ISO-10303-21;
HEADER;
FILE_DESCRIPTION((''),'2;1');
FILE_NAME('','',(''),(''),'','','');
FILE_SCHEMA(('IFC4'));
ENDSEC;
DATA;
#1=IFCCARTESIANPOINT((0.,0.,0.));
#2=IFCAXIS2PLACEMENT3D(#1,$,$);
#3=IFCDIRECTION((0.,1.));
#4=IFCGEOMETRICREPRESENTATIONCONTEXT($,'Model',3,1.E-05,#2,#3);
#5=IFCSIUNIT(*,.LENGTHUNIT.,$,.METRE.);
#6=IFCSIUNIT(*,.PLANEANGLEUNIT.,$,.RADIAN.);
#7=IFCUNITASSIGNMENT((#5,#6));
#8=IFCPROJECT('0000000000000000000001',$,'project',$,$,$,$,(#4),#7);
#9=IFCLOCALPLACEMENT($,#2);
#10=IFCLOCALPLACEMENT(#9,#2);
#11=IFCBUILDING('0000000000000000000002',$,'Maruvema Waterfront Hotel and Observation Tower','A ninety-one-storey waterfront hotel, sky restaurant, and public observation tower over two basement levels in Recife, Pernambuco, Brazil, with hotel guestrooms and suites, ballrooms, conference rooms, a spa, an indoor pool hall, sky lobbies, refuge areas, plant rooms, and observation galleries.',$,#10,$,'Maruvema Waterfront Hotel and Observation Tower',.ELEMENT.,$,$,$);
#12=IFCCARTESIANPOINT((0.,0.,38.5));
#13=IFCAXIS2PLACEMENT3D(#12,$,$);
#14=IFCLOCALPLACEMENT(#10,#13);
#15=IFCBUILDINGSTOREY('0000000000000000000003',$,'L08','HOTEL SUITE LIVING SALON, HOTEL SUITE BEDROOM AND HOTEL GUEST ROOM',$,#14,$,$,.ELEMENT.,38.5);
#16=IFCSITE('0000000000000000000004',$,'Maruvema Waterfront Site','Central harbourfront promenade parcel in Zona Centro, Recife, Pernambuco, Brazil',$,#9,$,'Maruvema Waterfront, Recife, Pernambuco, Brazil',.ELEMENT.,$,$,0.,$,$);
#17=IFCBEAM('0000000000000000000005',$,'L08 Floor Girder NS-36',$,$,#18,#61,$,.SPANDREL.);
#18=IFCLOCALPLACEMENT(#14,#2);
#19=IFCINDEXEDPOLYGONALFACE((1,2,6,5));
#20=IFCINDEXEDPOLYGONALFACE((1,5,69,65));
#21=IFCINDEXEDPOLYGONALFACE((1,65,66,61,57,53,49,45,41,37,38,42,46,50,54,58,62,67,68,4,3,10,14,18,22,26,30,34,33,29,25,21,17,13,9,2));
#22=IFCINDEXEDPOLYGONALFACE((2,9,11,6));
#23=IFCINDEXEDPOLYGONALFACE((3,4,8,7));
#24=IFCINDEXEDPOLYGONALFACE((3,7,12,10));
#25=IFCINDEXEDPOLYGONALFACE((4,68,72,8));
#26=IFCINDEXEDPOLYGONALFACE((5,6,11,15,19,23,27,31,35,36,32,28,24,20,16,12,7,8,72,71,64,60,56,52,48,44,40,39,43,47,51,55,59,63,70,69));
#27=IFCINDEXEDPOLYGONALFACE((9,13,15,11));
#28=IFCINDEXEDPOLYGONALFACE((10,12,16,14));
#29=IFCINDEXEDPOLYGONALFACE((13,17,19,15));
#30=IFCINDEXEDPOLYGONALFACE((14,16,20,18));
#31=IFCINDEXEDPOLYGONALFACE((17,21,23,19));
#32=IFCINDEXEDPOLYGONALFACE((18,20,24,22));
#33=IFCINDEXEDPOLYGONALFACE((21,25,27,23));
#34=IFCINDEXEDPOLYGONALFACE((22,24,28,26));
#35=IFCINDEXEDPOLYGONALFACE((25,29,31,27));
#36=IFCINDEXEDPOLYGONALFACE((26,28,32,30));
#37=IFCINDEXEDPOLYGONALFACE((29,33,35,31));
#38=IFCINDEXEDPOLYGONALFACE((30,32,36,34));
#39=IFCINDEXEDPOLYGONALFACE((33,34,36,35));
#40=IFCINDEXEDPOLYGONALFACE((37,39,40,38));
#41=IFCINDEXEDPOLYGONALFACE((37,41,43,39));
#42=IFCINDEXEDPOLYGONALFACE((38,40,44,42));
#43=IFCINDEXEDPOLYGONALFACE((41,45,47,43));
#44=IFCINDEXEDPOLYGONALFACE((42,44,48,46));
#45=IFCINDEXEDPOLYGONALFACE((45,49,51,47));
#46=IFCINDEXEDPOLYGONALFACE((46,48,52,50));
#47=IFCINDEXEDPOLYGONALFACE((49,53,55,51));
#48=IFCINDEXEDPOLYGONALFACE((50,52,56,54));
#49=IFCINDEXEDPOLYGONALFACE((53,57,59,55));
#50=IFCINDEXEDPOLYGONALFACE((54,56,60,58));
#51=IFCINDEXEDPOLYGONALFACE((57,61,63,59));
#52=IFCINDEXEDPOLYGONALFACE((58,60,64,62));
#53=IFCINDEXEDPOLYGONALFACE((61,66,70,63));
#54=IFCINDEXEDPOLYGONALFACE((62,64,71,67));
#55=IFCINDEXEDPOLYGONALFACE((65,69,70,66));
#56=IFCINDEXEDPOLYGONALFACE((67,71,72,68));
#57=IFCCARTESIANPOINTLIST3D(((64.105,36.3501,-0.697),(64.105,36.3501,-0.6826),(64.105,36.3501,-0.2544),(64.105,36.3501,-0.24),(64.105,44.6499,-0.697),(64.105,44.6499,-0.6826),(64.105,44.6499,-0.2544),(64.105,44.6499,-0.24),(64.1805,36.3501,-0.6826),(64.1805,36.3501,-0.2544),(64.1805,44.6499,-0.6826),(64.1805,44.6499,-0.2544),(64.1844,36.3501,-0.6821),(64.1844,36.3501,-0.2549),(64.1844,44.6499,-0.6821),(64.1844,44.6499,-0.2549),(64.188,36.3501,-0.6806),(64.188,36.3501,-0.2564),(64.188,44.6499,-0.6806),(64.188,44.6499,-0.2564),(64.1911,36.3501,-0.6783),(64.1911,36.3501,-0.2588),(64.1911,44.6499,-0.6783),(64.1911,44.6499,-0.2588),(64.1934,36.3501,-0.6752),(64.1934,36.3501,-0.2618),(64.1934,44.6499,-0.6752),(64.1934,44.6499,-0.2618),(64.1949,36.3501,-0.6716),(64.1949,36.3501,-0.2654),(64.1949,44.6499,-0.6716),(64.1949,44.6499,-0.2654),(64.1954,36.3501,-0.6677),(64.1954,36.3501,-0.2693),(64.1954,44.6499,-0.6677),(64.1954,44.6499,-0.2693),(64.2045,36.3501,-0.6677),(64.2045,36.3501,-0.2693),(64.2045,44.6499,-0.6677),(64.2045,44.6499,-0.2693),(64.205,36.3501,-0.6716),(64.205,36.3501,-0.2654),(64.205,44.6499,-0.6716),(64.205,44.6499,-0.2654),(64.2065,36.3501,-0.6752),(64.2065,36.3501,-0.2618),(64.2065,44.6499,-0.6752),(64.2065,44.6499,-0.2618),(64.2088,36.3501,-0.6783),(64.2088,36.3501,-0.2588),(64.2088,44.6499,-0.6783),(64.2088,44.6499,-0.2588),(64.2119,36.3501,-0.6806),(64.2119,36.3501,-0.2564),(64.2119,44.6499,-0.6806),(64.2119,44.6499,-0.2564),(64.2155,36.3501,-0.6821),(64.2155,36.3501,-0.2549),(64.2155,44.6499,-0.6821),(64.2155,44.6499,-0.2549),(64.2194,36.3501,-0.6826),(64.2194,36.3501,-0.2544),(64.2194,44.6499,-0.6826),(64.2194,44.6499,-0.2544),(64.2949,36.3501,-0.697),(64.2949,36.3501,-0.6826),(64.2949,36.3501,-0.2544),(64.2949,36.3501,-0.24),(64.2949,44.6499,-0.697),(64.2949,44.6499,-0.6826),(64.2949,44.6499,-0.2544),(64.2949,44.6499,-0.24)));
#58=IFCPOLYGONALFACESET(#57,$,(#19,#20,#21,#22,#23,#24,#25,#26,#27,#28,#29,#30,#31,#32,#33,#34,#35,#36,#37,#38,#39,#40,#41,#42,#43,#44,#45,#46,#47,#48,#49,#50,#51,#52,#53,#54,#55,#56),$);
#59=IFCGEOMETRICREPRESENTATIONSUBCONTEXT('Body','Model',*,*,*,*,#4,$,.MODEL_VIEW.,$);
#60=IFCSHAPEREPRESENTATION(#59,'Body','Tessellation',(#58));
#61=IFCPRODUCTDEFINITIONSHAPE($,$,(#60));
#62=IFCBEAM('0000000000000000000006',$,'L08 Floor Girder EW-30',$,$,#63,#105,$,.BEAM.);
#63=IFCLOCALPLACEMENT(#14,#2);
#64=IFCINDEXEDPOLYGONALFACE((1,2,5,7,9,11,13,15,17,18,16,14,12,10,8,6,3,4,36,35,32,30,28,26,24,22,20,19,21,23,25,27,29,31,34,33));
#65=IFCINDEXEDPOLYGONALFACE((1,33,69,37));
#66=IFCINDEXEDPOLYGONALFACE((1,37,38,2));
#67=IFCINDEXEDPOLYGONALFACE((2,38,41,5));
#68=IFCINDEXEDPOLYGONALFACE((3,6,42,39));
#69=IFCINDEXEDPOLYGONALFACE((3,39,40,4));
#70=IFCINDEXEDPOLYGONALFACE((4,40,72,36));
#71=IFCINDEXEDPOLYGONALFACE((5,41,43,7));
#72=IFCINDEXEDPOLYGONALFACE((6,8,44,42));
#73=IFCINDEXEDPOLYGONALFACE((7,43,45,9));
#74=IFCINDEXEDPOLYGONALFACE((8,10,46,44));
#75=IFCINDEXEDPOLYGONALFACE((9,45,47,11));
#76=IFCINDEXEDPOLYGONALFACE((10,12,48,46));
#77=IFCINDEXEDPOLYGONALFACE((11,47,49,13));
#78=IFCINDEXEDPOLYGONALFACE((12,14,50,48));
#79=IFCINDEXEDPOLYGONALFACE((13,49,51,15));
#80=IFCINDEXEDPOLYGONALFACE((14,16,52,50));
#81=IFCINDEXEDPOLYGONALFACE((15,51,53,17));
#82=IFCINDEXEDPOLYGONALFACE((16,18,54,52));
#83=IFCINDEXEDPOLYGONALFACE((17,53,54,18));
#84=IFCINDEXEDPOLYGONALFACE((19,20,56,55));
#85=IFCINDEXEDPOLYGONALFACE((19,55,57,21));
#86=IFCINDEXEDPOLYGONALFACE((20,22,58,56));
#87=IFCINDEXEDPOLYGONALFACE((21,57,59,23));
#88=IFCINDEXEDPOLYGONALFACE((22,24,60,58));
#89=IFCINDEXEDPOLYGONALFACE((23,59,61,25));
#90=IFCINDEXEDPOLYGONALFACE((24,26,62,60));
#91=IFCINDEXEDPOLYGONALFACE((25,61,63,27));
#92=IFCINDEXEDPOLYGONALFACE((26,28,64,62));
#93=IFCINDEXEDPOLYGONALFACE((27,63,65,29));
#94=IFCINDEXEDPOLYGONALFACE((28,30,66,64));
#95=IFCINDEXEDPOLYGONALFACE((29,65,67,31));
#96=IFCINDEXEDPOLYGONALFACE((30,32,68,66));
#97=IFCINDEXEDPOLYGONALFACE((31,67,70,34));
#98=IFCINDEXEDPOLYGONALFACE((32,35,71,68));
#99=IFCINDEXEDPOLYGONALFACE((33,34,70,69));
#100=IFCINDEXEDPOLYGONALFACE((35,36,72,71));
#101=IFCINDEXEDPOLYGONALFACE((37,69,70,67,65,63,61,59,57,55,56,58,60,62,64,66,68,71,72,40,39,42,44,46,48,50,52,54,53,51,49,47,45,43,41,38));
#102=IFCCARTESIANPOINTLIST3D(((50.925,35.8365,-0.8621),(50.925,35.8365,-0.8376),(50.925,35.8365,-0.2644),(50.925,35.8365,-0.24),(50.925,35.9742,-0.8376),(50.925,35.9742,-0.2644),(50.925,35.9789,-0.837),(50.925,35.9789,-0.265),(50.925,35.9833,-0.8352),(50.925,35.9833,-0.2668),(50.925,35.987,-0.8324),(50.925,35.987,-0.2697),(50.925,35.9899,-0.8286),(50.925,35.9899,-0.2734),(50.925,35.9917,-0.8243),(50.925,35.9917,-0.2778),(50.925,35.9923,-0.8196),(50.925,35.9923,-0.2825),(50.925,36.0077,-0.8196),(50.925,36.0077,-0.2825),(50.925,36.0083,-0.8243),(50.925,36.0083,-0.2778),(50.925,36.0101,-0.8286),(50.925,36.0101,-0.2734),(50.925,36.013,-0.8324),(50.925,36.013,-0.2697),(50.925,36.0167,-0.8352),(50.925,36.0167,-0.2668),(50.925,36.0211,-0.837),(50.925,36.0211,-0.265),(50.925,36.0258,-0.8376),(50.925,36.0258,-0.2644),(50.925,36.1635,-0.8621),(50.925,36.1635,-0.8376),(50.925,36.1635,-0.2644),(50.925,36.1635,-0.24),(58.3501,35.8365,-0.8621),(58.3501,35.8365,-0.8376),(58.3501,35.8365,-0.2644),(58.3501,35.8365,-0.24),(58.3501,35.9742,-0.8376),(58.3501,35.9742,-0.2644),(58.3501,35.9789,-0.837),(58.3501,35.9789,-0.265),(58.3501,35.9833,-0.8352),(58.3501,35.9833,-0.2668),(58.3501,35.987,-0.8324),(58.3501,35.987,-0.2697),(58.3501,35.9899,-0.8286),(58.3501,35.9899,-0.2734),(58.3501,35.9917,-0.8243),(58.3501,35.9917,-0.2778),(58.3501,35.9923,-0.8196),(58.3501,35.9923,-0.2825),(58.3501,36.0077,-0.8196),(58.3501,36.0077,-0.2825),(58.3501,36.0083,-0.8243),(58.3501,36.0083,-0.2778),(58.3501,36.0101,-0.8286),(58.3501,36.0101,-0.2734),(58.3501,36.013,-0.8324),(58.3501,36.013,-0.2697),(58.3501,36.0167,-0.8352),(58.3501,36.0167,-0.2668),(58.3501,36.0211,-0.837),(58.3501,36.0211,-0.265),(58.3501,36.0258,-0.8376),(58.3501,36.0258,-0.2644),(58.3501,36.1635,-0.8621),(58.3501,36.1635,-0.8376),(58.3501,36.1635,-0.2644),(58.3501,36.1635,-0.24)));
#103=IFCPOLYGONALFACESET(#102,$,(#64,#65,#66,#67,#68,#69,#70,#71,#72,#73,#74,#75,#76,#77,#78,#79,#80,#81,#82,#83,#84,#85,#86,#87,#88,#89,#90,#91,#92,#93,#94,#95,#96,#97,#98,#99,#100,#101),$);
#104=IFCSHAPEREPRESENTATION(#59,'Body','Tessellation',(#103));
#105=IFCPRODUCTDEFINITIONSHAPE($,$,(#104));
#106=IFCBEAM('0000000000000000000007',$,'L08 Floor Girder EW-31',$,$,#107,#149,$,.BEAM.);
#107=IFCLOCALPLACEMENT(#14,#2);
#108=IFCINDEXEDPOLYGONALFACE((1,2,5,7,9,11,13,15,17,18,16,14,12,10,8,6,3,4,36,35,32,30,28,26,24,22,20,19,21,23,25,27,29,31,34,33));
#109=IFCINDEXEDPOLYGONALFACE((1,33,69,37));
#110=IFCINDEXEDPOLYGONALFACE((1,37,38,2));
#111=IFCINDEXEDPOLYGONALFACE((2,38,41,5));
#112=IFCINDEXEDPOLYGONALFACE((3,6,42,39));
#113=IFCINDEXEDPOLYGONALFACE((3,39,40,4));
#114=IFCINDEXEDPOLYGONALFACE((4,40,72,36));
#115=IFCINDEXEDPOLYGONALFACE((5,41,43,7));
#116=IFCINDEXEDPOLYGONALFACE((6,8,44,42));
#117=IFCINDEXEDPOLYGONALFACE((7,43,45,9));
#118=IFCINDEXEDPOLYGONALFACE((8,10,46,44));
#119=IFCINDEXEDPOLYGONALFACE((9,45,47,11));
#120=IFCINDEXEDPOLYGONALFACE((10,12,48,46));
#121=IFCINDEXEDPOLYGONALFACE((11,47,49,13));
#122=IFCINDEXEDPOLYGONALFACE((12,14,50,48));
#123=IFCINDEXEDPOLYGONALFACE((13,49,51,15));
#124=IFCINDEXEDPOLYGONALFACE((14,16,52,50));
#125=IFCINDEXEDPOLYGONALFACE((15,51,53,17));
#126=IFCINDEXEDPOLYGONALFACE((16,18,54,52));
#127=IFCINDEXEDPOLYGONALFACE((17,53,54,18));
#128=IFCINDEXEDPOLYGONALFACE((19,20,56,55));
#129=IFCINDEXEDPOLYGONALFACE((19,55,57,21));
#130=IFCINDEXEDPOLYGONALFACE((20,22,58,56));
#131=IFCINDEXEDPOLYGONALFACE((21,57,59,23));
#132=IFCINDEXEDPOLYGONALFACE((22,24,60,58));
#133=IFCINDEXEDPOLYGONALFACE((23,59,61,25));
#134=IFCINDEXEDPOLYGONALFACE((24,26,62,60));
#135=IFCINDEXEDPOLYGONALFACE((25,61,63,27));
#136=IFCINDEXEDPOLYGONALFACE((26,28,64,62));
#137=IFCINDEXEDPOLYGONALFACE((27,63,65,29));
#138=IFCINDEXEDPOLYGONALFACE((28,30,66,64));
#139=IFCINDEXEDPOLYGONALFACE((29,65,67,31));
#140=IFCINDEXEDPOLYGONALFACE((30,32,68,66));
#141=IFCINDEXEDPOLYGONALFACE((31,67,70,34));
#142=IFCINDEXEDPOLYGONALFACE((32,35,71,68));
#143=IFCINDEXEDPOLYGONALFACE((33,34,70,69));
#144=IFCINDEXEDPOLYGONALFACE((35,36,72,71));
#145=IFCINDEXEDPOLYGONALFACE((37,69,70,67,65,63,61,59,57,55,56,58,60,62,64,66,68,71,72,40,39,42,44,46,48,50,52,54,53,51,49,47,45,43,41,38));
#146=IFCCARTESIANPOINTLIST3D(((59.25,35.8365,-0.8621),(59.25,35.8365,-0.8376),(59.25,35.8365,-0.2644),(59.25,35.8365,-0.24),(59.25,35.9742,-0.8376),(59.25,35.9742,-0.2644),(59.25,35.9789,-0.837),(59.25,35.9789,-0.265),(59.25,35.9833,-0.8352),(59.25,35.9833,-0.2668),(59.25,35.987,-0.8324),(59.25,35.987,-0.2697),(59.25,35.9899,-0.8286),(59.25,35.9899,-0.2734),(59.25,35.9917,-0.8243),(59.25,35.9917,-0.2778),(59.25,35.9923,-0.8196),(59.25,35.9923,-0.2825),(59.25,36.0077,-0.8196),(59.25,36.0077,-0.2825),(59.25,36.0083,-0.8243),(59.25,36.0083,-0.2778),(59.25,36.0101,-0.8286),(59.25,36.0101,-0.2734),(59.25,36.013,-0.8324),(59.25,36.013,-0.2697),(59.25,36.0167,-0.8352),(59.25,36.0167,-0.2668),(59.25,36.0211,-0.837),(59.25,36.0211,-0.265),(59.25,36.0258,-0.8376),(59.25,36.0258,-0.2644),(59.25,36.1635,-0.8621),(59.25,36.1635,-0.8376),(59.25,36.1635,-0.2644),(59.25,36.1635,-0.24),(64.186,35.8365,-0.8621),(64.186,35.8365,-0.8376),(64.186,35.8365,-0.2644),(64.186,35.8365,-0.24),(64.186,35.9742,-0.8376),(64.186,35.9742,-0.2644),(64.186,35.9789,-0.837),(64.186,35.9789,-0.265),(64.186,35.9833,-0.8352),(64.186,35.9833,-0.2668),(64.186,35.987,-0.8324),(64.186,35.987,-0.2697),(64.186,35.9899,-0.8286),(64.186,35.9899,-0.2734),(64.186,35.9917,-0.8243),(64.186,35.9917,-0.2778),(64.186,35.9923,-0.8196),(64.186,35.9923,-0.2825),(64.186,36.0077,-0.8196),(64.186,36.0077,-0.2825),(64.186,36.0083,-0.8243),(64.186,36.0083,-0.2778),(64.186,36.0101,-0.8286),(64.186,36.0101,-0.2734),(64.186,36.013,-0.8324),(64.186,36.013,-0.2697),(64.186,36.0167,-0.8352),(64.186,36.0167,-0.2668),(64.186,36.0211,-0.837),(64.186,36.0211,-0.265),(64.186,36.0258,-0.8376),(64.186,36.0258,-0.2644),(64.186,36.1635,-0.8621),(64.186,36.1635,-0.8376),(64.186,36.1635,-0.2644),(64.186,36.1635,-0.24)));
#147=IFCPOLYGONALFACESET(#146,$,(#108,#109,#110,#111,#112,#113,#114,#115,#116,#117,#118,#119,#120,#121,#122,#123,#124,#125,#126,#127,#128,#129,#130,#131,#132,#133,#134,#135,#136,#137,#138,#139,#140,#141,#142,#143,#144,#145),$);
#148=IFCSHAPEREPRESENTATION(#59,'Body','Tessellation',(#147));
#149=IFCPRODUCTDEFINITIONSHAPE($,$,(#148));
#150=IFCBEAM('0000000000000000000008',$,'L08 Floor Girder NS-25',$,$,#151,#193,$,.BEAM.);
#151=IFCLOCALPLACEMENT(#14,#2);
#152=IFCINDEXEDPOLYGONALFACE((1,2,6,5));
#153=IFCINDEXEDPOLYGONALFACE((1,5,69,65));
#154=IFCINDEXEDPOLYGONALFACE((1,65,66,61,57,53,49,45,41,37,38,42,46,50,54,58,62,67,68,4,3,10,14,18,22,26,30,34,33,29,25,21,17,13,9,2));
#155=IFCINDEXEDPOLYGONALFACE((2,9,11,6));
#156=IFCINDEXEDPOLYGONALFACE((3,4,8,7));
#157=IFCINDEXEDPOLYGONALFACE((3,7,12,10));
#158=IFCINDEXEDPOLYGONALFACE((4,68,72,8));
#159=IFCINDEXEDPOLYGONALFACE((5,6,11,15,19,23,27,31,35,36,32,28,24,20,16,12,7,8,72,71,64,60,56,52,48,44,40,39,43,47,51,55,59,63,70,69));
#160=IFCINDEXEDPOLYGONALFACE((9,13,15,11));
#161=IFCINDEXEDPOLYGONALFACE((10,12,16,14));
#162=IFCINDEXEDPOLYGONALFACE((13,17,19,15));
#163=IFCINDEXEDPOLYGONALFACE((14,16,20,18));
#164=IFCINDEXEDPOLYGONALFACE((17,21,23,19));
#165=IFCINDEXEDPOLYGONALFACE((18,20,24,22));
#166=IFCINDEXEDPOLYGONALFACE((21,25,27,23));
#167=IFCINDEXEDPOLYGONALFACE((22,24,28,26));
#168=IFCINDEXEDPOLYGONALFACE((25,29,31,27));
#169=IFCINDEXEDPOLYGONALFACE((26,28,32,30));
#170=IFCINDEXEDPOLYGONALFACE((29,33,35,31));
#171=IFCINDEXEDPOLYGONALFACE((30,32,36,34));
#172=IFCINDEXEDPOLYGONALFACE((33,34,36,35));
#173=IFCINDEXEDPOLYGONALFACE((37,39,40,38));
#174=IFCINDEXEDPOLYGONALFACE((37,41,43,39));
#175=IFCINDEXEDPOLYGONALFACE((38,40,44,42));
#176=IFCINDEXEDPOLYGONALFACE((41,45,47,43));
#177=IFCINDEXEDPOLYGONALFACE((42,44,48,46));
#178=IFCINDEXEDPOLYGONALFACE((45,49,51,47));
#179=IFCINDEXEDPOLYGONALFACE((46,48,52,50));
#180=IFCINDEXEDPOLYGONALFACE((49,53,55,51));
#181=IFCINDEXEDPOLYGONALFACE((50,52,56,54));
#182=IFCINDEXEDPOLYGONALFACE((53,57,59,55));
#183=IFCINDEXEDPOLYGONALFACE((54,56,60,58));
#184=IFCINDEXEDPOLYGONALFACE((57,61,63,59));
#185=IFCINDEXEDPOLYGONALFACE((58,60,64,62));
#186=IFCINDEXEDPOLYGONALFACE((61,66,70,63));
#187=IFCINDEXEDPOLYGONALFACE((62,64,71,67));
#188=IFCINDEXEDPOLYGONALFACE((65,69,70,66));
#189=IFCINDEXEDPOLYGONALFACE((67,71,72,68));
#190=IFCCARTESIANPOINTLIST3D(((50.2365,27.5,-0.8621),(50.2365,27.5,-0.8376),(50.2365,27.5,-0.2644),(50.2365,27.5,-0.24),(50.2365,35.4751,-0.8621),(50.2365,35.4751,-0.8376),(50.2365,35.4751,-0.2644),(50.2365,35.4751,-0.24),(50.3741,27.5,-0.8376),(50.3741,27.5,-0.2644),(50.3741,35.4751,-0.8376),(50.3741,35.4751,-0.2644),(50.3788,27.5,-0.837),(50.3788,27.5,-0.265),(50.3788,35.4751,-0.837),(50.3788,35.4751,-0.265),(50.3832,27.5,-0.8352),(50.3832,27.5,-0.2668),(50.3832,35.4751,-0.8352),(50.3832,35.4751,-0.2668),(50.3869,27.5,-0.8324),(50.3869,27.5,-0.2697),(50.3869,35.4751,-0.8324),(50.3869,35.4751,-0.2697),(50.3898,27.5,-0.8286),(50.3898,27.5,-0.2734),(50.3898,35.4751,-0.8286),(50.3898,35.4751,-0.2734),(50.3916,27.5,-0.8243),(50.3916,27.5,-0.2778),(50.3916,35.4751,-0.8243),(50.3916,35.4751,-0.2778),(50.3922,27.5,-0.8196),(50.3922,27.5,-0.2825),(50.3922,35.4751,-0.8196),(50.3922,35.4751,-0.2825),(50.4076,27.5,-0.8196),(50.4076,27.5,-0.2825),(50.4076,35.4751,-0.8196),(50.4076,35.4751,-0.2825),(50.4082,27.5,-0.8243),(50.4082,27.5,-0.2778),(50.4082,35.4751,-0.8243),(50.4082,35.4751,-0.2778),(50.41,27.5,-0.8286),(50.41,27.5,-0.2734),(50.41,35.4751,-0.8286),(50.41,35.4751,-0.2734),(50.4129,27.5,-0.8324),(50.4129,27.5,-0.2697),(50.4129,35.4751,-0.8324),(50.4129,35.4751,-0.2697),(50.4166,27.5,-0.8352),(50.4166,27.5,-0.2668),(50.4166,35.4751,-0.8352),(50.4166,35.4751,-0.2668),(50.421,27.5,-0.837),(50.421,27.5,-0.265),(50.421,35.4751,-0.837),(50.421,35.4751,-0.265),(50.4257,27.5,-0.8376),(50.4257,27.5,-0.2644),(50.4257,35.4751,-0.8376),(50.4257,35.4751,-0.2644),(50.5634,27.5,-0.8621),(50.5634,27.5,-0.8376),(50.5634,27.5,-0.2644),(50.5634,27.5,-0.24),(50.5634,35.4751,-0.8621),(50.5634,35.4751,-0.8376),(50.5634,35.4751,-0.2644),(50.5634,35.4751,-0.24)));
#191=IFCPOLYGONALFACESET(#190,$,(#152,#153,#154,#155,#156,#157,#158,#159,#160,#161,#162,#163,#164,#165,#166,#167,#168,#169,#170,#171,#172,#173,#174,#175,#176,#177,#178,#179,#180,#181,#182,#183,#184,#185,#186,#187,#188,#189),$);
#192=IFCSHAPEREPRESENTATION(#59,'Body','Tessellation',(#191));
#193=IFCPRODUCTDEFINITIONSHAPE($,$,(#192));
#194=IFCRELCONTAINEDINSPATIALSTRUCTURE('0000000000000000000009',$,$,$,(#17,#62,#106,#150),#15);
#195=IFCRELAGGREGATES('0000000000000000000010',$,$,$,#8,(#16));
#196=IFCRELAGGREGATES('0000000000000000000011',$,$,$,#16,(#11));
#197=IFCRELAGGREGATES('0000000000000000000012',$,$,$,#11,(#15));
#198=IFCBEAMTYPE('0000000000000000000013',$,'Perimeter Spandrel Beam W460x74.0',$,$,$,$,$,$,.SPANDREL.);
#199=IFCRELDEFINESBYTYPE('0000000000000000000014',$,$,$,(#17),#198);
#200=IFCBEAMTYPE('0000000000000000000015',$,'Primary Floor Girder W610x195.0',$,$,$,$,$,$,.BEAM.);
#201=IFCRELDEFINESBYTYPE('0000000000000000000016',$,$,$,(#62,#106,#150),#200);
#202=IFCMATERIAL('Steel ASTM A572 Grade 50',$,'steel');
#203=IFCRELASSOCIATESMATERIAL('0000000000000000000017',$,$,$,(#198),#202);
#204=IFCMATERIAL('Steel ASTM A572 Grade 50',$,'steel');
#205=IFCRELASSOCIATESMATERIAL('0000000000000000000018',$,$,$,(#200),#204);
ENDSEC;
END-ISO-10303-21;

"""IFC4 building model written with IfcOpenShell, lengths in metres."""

from ifc_helpers import new_model, si_unit, direction, frame, origin, origin_2d, place, context, subcontext, project, spatial, i_section, extrude, material, material_profile, profile_set, type_object, element, save


model = new_model("IFC4")

# Units and contexts
model_context = context("Model", 3, precision=1e-05, world=origin(), true_north=direction((0.0, 1.0)))
body_context = subcontext(model_context, "Body", "Model", "MODEL_VIEW")
ifc_project = project(units=[si_unit("LENGTHUNIT", "METRE"), si_unit("PLANEANGLEUNIT", "RADIAN")], contexts=[model_context])

# Site, building, storey
site_placement = place(None, origin())
site = spatial("IfcSite", under=ifc_project, at=site_placement, Name="Maruvema Waterfront Site", Description="Central harbourfront promenade parcel in Zona Centro, Recife, Pernambuco, Brazil", LongName="Maruvema Waterfront, Recife, Pernambuco, Brazil", CompositionType="ELEMENT", RefElevation=0.0)
building_placement = place(site_placement, origin())
building = spatial("IfcBuilding", under=site, at=building_placement, Name="Maruvema Waterfront Hotel and Observation Tower", Description="A ninety-one-storey waterfront hotel, sky restaurant, and public observation tower over two basement levels in Recife, Pernambuco, Brazil, with hotel guestrooms and suites, ballrooms, conference rooms, a spa, an indoor pool hall, sky lobbies, refuge areas, plant rooms, and observation galleries.", LongName="Maruvema Waterfront Hotel and Observation Tower", CompositionType="ELEMENT")
storey_placement = place(building_placement, frame((0.0, 0.0, 38.5)))
storey = spatial("IfcBuildingStorey", under=building, at=storey_placement, Name="L08", Description="HOTEL SUITE LIVING SALON, HOTEL SUITE BEDROOM AND HOTEL GUEST ROOM", CompositionType="ELEMENT", Elevation=38.5)

# Beams
ifc_material_1 = material(Name="Steel ASTM A572 Grade 50", Category="steel")
ifc_material_profile_1 = material_profile(ifc_material_1, i_section(OverallWidth=0.1899, OverallDepth=0.457, WebThickness=0.009, FlangeThickness=0.0144, FilletRadius=0.0149, at=origin_2d()), Name="W460x74.0")
ifc_profile_set_1 = profile_set([ifc_material_profile_1], Name="Steel ASTM A572 Grade 50")
beam_type_1 = type_object("IfcBeamType", Name="Perimeter Spandrel Beam W460x74.0", PredefinedType="SPANDREL", material=ifc_profile_set_1)
for number, where, z_axis, x_axis, name in (
    (1, (64.2, 36.3501, -0.4685), (0.0, 1.0, 0.0), (-1.0, 0.0, 0.0), "L08 Floor Girder NS-36"),
):
    element("IfcBeam", number, at=place(storey_placement, frame(where, z_axis=z_axis, x_axis=x_axis)), inside=storey, type_object=beam_type_1, Name=name, PredefinedType="SPANDREL", context=body_context, shape_type="SweptSolid", body=[
        extrude(i_section(OverallWidth=0.1899, OverallDepth=0.457, WebThickness=0.009, FlangeThickness=0.0144, FilletRadius=0.0149, at=origin_2d()), origin(), (0.0, 0.0, 1.0), 8.2998),
    ])
ifc_material_2 = material(Name="Steel ASTM A572 Grade 50", Category="steel")
ifc_material_profile_2 = material_profile(ifc_material_2, i_section(OverallWidth=0.3269, OverallDepth=0.6221, WebThickness=0.0154, FlangeThickness=0.0244, FilletRadius=0.0181, at=origin_2d()), Name="W610x195.0")
ifc_profile_set_2 = profile_set([ifc_material_profile_2], Name="Steel ASTM A572 Grade 50")
beam_type_2 = type_object("IfcBeamType", Name="Primary Floor Girder W610x195.0", PredefinedType="BEAM", material=ifc_profile_set_2)
beam_1_placement = place(storey_placement, frame((50.925, 36.0, -0.551), z_axis=(1.0, 0.0, 0.0), x_axis=(0.0, 1.0, 0.0)))
element("IfcBeam", 2, at=beam_1_placement, inside=storey, type_object=beam_type_2, Name="L08 Floor Girder EW-30", PredefinedType="BEAM", context=body_context, shape_type="SweptSolid", body=[
    extrude(i_section(OverallWidth=0.3269, OverallDepth=0.6221, WebThickness=0.0154, FlangeThickness=0.0244, FilletRadius=0.0181, at=origin_2d()), origin(), (0.0, 0.0, 1.0), 7.425),
])
beam_2_placement = place(storey_placement, frame((59.25, 36.0, -0.551), z_axis=(1.0, 0.0, 0.0), x_axis=(0.0, 1.0, 0.0)))
element("IfcBeam", 3, at=beam_2_placement, inside=storey, type_object=beam_type_2, Name="L08 Floor Girder EW-31", PredefinedType="BEAM", context=body_context, shape_type="SweptSolid", body=[
    extrude(i_section(OverallWidth=0.3269, OverallDepth=0.6221, WebThickness=0.0154, FlangeThickness=0.0244, FilletRadius=0.0181, at=origin_2d()), origin(), (0.0, 0.0, 1.0), 4.936),
])
for number, where, z_axis, x_axis, name in (
    (4, (50.3999, 27.5, -0.551), (0.0, 1.0, 0.0), (-1.0, 0.0, 0.0), "L08 Floor Girder NS-25"),
):
    element("IfcBeam", number, at=place(storey_placement, frame(where, z_axis=z_axis, x_axis=x_axis)), inside=storey, type_object=beam_type_2, Name=name, PredefinedType="BEAM", context=body_context, shape_type="SweptSolid", body=[
        extrude(i_section(OverallWidth=0.3269, OverallDepth=0.6221, WebThickness=0.0154, FlangeThickness=0.0244, FilletRadius=0.0181, at=origin_2d()), origin(), (0.0, 0.0, 1.0), 7.9751),
    ])

save(model, "model.ifc")
